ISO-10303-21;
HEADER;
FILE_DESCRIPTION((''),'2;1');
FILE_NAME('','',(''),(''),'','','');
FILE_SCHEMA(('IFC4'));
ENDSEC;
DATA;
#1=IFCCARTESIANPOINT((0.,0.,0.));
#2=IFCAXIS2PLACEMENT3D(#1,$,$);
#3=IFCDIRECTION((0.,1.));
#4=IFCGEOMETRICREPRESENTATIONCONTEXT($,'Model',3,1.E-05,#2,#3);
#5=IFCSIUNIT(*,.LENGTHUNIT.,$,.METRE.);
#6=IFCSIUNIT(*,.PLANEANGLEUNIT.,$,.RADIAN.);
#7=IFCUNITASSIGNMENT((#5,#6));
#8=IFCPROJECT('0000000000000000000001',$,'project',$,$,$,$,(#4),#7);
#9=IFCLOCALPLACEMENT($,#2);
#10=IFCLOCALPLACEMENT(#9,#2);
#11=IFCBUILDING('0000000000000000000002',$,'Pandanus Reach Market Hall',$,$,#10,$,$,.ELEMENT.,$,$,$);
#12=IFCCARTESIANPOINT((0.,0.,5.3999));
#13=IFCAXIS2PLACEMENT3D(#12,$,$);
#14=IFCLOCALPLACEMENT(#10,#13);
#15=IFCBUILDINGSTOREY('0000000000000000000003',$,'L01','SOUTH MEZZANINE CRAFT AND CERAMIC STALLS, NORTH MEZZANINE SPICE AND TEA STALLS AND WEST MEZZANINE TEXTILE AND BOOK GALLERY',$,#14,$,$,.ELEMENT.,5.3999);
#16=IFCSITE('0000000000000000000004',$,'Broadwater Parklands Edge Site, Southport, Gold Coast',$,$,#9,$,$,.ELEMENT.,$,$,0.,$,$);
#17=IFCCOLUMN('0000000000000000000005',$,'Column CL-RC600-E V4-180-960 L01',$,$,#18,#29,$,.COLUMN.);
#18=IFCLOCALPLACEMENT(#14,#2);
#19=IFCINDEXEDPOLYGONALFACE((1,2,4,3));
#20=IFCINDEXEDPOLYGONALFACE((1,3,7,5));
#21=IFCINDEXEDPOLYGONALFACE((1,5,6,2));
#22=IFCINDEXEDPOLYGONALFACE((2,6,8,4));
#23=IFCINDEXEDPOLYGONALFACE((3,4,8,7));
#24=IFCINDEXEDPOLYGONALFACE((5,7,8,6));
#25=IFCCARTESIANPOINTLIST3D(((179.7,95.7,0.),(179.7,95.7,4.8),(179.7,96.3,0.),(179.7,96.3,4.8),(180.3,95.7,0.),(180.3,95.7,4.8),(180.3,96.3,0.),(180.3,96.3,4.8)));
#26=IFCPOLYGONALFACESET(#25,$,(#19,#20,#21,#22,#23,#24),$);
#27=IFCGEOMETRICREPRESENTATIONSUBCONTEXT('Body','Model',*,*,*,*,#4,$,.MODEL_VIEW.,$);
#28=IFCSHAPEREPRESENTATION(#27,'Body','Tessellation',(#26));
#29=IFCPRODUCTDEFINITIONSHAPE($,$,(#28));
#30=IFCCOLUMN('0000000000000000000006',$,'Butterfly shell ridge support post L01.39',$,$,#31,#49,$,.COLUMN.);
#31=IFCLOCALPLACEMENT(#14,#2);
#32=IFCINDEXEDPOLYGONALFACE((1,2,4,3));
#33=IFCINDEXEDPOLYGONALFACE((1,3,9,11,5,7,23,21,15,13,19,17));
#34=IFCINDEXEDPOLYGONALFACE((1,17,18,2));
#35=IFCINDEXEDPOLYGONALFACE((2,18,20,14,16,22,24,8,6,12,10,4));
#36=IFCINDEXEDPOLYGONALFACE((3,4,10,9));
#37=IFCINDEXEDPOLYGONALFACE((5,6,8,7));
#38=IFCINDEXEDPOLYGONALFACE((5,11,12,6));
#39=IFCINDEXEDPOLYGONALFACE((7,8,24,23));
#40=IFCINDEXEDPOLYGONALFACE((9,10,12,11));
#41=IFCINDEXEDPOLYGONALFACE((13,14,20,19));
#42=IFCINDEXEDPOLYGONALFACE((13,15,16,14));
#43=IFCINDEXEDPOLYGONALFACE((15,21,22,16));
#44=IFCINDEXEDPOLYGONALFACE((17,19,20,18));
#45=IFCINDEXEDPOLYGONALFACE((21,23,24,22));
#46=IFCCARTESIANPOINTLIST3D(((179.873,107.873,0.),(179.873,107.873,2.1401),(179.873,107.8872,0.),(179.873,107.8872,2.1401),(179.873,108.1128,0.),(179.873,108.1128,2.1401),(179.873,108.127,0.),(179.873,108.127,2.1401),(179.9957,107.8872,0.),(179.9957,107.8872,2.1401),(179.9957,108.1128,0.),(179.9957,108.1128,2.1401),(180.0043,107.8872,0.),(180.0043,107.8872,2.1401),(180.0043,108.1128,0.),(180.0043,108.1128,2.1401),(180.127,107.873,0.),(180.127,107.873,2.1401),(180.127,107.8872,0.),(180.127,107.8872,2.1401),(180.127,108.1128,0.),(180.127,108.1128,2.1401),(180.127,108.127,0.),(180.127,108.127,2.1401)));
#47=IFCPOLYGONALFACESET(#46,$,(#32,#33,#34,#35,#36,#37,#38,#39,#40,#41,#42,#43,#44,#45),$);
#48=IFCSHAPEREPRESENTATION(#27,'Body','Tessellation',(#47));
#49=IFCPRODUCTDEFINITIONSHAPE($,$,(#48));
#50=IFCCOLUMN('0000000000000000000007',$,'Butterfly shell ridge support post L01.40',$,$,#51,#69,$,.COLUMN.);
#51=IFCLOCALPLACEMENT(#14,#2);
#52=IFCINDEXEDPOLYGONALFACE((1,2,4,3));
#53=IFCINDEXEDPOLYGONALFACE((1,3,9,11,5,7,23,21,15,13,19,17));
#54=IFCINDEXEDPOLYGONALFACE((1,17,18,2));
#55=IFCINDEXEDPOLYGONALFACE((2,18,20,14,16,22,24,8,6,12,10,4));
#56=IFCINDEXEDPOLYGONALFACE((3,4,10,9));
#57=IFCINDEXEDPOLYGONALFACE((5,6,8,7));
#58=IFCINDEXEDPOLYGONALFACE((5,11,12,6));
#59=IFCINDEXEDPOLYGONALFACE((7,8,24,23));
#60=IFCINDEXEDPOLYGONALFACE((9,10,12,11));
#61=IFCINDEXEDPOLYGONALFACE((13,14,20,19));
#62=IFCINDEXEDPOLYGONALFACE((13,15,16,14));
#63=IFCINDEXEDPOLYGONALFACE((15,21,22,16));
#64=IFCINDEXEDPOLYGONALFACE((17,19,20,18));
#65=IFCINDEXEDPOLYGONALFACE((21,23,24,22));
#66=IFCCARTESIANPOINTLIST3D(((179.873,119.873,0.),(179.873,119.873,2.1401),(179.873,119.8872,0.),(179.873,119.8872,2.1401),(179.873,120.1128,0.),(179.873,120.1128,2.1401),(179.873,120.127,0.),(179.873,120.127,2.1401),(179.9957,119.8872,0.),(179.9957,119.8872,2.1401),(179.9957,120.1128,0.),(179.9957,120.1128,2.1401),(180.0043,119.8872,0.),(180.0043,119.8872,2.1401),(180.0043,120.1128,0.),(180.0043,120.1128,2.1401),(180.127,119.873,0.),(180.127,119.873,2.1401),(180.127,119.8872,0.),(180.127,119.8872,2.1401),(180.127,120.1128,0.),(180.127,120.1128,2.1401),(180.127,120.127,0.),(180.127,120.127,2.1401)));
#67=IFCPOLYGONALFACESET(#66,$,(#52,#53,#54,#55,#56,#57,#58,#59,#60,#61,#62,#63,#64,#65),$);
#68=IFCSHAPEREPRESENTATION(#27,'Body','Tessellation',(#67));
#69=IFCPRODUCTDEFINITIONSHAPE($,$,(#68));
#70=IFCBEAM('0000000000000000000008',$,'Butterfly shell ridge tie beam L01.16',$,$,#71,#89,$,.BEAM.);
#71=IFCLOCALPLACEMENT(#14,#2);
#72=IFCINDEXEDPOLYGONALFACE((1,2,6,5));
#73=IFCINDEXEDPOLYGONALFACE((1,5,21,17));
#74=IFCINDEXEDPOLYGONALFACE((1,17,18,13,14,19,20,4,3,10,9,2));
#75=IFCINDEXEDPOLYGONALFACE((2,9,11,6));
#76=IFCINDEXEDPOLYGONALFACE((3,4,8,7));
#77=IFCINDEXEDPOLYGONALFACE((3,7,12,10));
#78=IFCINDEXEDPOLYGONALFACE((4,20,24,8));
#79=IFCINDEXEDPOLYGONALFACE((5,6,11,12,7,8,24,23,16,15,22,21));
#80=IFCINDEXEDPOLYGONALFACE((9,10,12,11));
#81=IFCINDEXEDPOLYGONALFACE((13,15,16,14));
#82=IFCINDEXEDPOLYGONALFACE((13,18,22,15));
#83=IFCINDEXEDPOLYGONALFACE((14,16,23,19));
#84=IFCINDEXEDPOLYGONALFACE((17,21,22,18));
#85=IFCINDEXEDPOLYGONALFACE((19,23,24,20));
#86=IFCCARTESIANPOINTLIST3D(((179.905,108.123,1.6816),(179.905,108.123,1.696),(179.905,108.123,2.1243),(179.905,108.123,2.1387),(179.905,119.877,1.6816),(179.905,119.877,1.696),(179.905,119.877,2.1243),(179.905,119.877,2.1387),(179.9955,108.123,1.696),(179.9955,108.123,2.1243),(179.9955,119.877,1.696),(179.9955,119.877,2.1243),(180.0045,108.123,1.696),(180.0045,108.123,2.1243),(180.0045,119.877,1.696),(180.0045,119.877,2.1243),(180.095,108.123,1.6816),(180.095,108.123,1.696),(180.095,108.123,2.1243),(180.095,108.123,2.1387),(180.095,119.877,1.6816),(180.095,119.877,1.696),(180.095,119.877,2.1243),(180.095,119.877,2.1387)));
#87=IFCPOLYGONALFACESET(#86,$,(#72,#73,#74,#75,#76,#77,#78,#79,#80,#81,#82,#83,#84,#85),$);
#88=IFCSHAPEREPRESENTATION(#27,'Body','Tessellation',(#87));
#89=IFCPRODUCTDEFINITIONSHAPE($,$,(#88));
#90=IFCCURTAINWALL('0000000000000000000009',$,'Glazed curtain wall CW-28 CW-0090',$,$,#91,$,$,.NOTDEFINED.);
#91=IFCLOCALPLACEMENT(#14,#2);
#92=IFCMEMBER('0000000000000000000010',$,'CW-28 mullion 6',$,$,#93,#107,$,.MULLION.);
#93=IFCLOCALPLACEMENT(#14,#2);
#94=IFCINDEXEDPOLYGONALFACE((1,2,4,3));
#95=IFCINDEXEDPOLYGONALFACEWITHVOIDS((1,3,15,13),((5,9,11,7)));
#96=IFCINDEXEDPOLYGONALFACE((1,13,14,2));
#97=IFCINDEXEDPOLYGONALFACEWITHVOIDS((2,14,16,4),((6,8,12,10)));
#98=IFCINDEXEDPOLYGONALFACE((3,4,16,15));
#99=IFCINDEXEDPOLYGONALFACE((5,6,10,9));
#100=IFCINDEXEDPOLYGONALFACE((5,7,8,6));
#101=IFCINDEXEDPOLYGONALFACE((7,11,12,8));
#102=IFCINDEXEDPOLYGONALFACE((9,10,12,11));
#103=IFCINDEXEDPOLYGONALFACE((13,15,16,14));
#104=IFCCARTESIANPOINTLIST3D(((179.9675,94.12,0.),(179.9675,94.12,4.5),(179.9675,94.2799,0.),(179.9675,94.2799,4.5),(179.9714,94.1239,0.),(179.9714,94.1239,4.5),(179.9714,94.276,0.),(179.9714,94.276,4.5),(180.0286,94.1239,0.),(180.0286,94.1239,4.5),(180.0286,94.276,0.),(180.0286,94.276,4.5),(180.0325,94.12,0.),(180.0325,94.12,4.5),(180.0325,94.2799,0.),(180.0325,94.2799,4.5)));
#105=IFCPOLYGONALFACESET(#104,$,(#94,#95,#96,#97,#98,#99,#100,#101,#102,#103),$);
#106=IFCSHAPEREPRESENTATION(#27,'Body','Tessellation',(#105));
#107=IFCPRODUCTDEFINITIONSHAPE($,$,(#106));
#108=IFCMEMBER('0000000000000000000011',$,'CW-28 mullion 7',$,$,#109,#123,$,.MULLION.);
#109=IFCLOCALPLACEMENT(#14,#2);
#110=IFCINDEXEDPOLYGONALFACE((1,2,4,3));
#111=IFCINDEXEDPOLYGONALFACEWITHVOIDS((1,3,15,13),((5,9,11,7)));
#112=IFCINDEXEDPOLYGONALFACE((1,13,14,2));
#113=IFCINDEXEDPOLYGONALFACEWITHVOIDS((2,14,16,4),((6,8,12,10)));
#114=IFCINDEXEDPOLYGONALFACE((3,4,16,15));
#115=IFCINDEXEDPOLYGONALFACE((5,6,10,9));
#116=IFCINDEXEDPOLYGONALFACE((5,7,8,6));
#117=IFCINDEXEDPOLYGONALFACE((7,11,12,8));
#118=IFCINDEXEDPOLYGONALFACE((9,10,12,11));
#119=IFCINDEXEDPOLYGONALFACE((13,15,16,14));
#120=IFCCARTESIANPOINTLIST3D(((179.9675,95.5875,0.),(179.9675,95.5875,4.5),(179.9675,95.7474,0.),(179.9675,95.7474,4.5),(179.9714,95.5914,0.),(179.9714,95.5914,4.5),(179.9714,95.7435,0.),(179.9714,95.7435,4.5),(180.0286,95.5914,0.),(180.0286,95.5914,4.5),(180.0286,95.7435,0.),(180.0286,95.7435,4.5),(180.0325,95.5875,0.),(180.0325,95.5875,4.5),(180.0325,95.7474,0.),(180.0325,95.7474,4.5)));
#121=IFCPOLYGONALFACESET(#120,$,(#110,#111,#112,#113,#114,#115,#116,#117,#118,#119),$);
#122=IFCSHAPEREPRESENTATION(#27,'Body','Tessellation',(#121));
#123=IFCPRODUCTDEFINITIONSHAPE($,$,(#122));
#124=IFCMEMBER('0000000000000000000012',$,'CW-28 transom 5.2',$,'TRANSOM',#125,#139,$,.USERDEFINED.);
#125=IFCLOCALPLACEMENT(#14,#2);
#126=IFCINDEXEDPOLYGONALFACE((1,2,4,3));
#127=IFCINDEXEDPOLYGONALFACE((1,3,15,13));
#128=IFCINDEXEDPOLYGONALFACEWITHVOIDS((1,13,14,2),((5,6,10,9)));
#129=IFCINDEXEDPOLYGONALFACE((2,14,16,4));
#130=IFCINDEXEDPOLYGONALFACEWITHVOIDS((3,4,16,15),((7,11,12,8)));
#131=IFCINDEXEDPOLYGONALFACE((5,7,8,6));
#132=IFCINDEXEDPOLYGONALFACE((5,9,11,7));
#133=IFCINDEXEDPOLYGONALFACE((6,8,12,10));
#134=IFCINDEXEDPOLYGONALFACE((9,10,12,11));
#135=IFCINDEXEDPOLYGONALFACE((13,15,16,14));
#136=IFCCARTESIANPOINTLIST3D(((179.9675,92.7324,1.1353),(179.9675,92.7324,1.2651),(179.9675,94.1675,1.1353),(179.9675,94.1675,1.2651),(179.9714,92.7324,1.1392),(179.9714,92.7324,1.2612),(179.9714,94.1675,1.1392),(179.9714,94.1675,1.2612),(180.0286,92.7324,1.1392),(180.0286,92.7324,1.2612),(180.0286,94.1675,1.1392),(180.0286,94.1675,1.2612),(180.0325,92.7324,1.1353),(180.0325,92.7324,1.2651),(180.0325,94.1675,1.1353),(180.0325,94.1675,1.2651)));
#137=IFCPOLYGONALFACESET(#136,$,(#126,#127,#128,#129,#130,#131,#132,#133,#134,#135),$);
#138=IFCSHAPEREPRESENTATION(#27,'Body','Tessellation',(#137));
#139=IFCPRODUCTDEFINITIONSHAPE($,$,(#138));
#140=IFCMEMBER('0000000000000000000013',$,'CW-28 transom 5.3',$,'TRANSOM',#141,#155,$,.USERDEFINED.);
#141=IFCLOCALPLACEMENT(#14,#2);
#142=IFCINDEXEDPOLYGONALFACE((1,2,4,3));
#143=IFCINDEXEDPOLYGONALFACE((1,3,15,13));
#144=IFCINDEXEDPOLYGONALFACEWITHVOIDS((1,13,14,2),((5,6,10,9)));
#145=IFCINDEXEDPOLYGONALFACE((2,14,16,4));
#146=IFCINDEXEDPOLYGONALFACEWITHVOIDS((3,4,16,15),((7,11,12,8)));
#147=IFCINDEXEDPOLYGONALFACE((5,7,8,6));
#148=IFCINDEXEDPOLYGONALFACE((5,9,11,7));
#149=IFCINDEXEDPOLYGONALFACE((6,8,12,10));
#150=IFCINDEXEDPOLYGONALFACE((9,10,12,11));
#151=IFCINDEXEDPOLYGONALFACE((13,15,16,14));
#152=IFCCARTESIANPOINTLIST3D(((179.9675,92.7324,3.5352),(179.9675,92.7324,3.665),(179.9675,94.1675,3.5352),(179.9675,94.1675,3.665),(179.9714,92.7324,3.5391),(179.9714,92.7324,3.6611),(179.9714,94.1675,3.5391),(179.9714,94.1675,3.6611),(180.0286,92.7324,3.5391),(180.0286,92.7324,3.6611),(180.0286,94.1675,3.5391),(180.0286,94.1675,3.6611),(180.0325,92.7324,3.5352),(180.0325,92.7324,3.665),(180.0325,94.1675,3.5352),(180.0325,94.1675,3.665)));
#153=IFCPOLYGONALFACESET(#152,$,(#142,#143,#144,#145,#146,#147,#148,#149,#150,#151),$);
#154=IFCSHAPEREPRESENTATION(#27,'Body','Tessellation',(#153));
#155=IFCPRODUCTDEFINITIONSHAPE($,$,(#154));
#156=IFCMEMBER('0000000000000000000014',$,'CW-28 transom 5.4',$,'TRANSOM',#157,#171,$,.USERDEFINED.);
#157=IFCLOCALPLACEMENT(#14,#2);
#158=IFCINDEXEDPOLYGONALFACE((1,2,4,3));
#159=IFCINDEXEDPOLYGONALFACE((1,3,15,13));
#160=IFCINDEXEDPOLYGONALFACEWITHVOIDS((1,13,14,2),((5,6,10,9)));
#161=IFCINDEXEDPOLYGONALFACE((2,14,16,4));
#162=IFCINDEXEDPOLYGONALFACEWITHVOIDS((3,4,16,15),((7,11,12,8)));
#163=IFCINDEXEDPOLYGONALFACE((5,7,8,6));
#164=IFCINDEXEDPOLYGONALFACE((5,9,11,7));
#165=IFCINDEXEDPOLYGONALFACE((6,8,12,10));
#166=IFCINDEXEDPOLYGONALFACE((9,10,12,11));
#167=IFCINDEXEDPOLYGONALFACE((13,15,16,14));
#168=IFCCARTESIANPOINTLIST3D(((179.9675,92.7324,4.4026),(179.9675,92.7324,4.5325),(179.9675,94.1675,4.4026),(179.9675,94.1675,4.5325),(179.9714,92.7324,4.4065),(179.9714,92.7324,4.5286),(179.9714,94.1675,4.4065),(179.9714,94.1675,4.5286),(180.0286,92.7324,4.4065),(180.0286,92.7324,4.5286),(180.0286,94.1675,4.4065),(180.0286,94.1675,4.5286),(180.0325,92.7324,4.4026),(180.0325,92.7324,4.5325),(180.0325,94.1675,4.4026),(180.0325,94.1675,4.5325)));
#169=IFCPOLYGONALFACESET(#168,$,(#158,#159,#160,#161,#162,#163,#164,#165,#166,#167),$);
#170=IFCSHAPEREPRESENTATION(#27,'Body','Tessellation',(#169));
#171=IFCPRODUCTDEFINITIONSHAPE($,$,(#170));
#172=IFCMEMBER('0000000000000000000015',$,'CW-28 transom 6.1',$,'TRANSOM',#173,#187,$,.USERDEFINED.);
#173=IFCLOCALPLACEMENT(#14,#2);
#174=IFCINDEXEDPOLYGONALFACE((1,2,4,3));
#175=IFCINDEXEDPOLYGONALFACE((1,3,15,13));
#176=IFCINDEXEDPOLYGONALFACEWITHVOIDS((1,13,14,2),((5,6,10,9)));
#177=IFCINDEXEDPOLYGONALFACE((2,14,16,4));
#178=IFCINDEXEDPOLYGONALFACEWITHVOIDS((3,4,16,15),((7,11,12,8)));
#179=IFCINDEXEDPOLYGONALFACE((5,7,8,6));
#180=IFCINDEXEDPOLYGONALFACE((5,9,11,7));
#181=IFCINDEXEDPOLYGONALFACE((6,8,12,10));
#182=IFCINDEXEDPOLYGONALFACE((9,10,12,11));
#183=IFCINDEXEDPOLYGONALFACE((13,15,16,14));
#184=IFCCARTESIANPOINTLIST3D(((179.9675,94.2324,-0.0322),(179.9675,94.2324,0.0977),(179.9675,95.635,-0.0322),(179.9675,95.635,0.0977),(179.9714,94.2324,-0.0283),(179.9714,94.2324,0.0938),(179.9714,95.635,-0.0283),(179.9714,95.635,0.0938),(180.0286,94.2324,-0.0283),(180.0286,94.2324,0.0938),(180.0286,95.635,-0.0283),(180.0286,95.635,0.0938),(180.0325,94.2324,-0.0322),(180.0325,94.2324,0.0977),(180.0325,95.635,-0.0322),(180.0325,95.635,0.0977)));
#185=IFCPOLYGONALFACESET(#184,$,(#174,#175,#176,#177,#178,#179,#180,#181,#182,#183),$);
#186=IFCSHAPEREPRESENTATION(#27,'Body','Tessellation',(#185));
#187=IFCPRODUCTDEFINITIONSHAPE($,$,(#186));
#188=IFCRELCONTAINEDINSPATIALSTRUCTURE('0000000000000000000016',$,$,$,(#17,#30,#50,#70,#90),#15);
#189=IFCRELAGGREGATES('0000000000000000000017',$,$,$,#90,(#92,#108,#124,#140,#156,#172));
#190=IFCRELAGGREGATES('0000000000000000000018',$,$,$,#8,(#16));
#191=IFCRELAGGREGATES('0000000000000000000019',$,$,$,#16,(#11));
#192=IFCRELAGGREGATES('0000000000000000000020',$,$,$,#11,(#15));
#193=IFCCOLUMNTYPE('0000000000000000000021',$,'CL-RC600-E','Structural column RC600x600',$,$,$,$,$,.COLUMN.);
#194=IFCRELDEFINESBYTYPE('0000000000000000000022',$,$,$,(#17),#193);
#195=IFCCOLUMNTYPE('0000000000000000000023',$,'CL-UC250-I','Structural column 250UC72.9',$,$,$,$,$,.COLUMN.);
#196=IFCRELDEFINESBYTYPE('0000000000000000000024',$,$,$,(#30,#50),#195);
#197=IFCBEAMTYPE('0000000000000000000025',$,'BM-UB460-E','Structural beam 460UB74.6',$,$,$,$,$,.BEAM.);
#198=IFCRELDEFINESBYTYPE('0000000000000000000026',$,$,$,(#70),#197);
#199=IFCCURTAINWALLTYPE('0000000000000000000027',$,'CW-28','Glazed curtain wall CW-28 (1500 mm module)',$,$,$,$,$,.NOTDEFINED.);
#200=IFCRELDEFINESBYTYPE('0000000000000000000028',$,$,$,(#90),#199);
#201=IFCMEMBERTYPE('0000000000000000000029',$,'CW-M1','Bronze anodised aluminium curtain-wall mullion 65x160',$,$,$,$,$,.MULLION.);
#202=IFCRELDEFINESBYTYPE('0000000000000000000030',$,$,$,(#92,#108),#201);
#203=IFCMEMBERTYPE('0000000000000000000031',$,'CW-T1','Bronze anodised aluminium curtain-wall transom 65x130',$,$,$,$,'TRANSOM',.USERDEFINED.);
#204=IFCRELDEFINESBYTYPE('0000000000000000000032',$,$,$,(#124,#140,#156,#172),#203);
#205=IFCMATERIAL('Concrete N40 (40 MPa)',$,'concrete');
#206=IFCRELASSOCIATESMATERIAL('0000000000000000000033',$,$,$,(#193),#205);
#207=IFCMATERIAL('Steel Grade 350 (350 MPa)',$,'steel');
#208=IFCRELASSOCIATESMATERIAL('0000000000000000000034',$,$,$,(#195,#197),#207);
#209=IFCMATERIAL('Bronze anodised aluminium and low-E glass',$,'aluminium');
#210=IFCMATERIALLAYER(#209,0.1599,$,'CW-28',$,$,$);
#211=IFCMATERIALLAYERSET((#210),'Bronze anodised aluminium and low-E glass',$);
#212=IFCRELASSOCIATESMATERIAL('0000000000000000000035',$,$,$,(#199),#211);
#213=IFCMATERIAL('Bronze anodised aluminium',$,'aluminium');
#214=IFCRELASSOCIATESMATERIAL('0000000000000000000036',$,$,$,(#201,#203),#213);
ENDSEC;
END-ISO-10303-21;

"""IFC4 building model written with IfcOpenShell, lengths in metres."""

from ifc_helpers import new_model, si_unit, direction, frame, origin, origin_2d, place, context, subcontext, project, spatial, rectangle, hollow_rectangle, i_section, extrude, material, layer, layer_set, material_profile, profile_set, type_object, element, aggregate, save


model = new_model("IFC4")

# Units and contexts
model_context = context("Model", 3, precision=1e-05, world=origin(), true_north=direction((0.0, 1.0)))
body_context = subcontext(model_context, "Body", "Model", "MODEL_VIEW")
ifc_project = project(units=[si_unit("LENGTHUNIT", "METRE"), si_unit("PLANEANGLEUNIT", "RADIAN")], contexts=[model_context])

# Site, building, storey
site_placement = place(None, origin())
site = spatial("IfcSite", under=ifc_project, at=site_placement, Name="Broadwater Parklands Edge Site, Southport, Gold Coast", CompositionType="ELEMENT", RefElevation=0.0)
building_placement = place(site_placement, origin())
building = spatial("IfcBuilding", under=site, at=building_placement, Name="Pandanus Reach Market Hall", CompositionType="ELEMENT")
storey_placement = place(building_placement, frame((0.0, 0.0, 5.3999)))
storey = spatial("IfcBuildingStorey", under=building, at=storey_placement, Name="L01", Description="SOUTH MEZZANINE CRAFT AND CERAMIC STALLS, NORTH MEZZANINE SPICE AND TEA STALLS AND WEST MEZZANINE TEXTILE AND BOOK GALLERY", CompositionType="ELEMENT", Elevation=5.3999)

# Columns
ifc_material_1 = material(Name="Concrete N40 (40 MPa)", Category="concrete")
ifc_material_profile_1 = material_profile(ifc_material_1, rectangle(XDim=0.6001, YDim=0.6001, at=origin_2d()), Name="RC600x600", Category="LoadBearing")
ifc_profile_set_1 = profile_set([ifc_material_profile_1], Name="Concrete N40 (40 MPa)")
column_type_1 = type_object("IfcColumnType", Name="CL-RC600-E", Description="Structural column RC600x600", PredefinedType="COLUMN", material=ifc_profile_set_1)
column_placement = place(storey_placement, frame((180.0, 96.0, 0.0), z_axis=(0.0, 0.0, 1.0), x_axis=(1.0, 0.0, 0.0)))
element("IfcColumn", 1, at=column_placement, inside=storey, type_object=column_type_1, Name="Column CL-RC600-E V4-180-960 L01", PredefinedType="COLUMN", context=body_context, shape_type="SweptSolid", body=[
    extrude(rectangle(XDim=0.6001, YDim=0.6001, at=origin_2d()), origin(), (0.0, 0.0, 1.0), 4.8),
])
ifc_material_2 = material(Name="Steel Grade 350 (350 MPa)", Category="steel")
ifc_material_profile_2 = material_profile(ifc_material_2, i_section(OverallWidth=0.2539, OverallDepth=0.2539, WebThickness=0.0085, FlangeThickness=0.0142, at=origin_2d()), Name="250UC72.9", Category="LoadBearing")
ifc_profile_set_2 = profile_set([ifc_material_profile_2], Name="Steel Grade 350 (350 MPa)")
column_type_2 = type_object("IfcColumnType", Name="CL-UC250-I", Description="Structural column 250UC72.9", PredefinedType="COLUMN", material=ifc_profile_set_2)
for number, where, z_axis, x_axis, name in (
    (2, (180.0, 108.0, 0.0), (0.0, 0.0, 1.0), (1.0, 0.0, 0.0), "Butterfly shell ridge support post L01.39"),
    (3, (180.0, 120.0, 0.0), (0.0, 0.0, 1.0), (1.0, 0.0, 0.0), "Butterfly shell ridge support post L01.40"),
):
    element("IfcColumn", number, at=place(storey_placement, frame(where, z_axis=z_axis, x_axis=x_axis)), inside=storey, type_object=column_type_2, Name=name, PredefinedType="COLUMN", context=body_context, shape_type="SweptSolid", body=[
        extrude(i_section(OverallWidth=0.2539, OverallDepth=0.2539, WebThickness=0.0085, FlangeThickness=0.0142, at=origin_2d()), origin(), (0.0, 0.0, 1.0), 2.1401),
    ])

# Beam
ifc_material_profile_3 = material_profile(ifc_material_2, i_section(OverallWidth=0.1899, OverallDepth=0.457, WebThickness=0.009, FlangeThickness=0.0144, at=origin_2d()), Name="460UB74.6", Category="LoadBearing")
ifc_profile_set_3 = profile_set([ifc_material_profile_3], Name="Steel Grade 350 (350 MPa)")
beam_type = type_object("IfcBeamType", Name="BM-UB460-E", Description="Structural beam 460UB74.6", PredefinedType="BEAM", material=ifc_profile_set_3)
beam_placement = place(storey_placement, frame((180.0, 108.123, 1.9102), z_axis=(0.0, 1.0, 0.0), x_axis=(-1.0, 0.0, 0.0)))
element("IfcBeam", 4, at=beam_placement, inside=storey, type_object=beam_type, Name="Butterfly shell ridge tie beam L01.16", PredefinedType="BEAM", context=body_context, shape_type="SweptSolid", body=[
    extrude(i_section(OverallWidth=0.1899, OverallDepth=0.457, WebThickness=0.009, FlangeThickness=0.0144, at=origin_2d()), origin(), (0.0, 0.0, 1.0), 11.7539),
])

# Curtain wall, members
ifc_material_3 = material(Name="Bronze anodised aluminium and low-E glass", Category="aluminium")
ifc_layer_1 = layer(ifc_material_3, 0.1599, Name="CW-28")
ifc_layer_set_1 = layer_set([ifc_layer_1], Name="Bronze anodised aluminium and low-E glass")
curtain_wall_type = type_object("IfcCurtainWallType", Name="CW-28", Description="Glazed curtain wall CW-28 (1500 mm module)", PredefinedType="NOTDEFINED", material=ifc_layer_set_1)
curtain_wall_placement = place(storey_placement, origin())
curtain_wall = element("IfcCurtainWall", 5, at=curtain_wall_placement, inside=storey, type_object=curtain_wall_type, Name="Glazed curtain wall CW-28 CW-0090", PredefinedType="NOTDEFINED")
ifc_material_4 = material(Name="Bronze anodised aluminium", Category="aluminium")
ifc_material_profile_4 = material_profile(ifc_material_4, hollow_rectangle(XDim=0.0649, YDim=0.1599, WallThickness=0.0039, at=origin_2d()), Name="ALU65x160", Category="LoadBearing")
ifc_profile_set_4 = profile_set([ifc_material_profile_4], Name="Bronze anodised aluminium")
member_type_1 = type_object("IfcMemberType", Name="CW-M1", Description="Bronze anodised aluminium curtain-wall mullion 65x160", PredefinedType="MULLION", material=ifc_profile_set_4)
member_1_placement = place(storey_placement, frame((180.0, 94.2, 0.0), z_axis=(0.0, 0.0, 1.0), x_axis=(-1.0, 0.0, 0.0)))
member_1 = element("IfcMember", 6, at=member_1_placement, type_object=member_type_1, Name="CW-28 mullion 6", PredefinedType="MULLION", context=body_context, shape_type="SweptSolid", body=[
    extrude(hollow_rectangle(XDim=0.0649, YDim=0.1599, WallThickness=0.0039, at=origin_2d()), origin(), (0.0, 0.0, 1.0), 4.5),
])
member_2_placement = place(storey_placement, frame((180.0, 95.6675, 0.0), z_axis=(0.0, 0.0, 1.0), x_axis=(-1.0, 0.0, 0.0)))
member_2 = element("IfcMember", 7, at=member_2_placement, type_object=member_type_1, Name="CW-28 mullion 7", PredefinedType="MULLION", context=body_context, shape_type="SweptSolid", body=[
    extrude(hollow_rectangle(XDim=0.0649, YDim=0.1599, WallThickness=0.0039, at=origin_2d()), origin(), (0.0, 0.0, 1.0), 4.5),
])
ifc_material_profile_5 = material_profile(ifc_material_4, hollow_rectangle(XDim=0.0649, YDim=0.1299, WallThickness=0.0039, at=origin_2d()), Name="ALU65x130", Category="LoadBearing")
ifc_profile_set_5 = profile_set([ifc_material_profile_5], Name="Bronze anodised aluminium")
member_type_2 = type_object("IfcMemberType", Name="CW-T1", Description="Bronze anodised aluminium curtain-wall transom 65x130", ElementType="TRANSOM", PredefinedType="USERDEFINED", material=ifc_profile_set_5)
member_3_placement = place(storey_placement, frame((180.0, 92.7324, 1.2002), z_axis=(0.0, 1.0, 0.0), x_axis=(-1.0, 0.0, 0.0)))
member_3 = element("IfcMember", 8, at=member_3_placement, type_object=member_type_2, Name="CW-28 transom 5.2", ObjectType="TRANSOM", PredefinedType="USERDEFINED", context=body_context, shape_type="SweptSolid", body=[
    extrude(hollow_rectangle(XDim=0.0649, YDim=0.1299, WallThickness=0.0039, at=origin_2d()), origin(), (0.0, 0.0, 1.0), 1.4351),
])
member_4_placement = place(storey_placement, frame((180.0, 92.7324, 3.6001), z_axis=(0.0, 1.0, 0.0), x_axis=(-1.0, 0.0, 0.0)))
member_4 = element("IfcMember", 9, at=member_4_placement, type_object=member_type_2, Name="CW-28 transom 5.3", ObjectType="TRANSOM", PredefinedType="USERDEFINED", context=body_context, shape_type="SweptSolid", body=[
    extrude(hollow_rectangle(XDim=0.0649, YDim=0.1299, WallThickness=0.0039, at=origin_2d()), origin(), (0.0, 0.0, 1.0), 1.4351),
])
member_5_placement = place(storey_placement, frame((180.0, 92.7324, 4.4675), z_axis=(0.0, 1.0, 0.0), x_axis=(-1.0, 0.0, 0.0)))
member_5 = element("IfcMember", 10, at=member_5_placement, type_object=member_type_2, Name="CW-28 transom 5.4", ObjectType="TRANSOM", PredefinedType="USERDEFINED", context=body_context, shape_type="SweptSolid", body=[
    extrude(hollow_rectangle(XDim=0.0649, YDim=0.1299, WallThickness=0.0039, at=origin_2d()), origin(), (0.0, 0.0, 1.0), 1.4351),
])
member_6_placement = place(storey_placement, frame((180.0, 94.2324, 0.0327), z_axis=(0.0, 1.0, 0.0), x_axis=(-1.0, 0.0, 0.0)))
member_6 = element("IfcMember", 11, at=member_6_placement, type_object=member_type_2, Name="CW-28 transom 6.1", ObjectType="TRANSOM", PredefinedType="USERDEFINED", context=body_context, shape_type="SweptSolid", body=[
    extrude(hollow_rectangle(XDim=0.0649, YDim=0.1299, WallThickness=0.0039, at=origin_2d()), origin(), (0.0, 0.0, 1.0), 1.4026),
])
aggregate(curtain_wall, [member_1, member_2, member_3, member_4, member_5, member_6])

save(model, "model.ifc")
